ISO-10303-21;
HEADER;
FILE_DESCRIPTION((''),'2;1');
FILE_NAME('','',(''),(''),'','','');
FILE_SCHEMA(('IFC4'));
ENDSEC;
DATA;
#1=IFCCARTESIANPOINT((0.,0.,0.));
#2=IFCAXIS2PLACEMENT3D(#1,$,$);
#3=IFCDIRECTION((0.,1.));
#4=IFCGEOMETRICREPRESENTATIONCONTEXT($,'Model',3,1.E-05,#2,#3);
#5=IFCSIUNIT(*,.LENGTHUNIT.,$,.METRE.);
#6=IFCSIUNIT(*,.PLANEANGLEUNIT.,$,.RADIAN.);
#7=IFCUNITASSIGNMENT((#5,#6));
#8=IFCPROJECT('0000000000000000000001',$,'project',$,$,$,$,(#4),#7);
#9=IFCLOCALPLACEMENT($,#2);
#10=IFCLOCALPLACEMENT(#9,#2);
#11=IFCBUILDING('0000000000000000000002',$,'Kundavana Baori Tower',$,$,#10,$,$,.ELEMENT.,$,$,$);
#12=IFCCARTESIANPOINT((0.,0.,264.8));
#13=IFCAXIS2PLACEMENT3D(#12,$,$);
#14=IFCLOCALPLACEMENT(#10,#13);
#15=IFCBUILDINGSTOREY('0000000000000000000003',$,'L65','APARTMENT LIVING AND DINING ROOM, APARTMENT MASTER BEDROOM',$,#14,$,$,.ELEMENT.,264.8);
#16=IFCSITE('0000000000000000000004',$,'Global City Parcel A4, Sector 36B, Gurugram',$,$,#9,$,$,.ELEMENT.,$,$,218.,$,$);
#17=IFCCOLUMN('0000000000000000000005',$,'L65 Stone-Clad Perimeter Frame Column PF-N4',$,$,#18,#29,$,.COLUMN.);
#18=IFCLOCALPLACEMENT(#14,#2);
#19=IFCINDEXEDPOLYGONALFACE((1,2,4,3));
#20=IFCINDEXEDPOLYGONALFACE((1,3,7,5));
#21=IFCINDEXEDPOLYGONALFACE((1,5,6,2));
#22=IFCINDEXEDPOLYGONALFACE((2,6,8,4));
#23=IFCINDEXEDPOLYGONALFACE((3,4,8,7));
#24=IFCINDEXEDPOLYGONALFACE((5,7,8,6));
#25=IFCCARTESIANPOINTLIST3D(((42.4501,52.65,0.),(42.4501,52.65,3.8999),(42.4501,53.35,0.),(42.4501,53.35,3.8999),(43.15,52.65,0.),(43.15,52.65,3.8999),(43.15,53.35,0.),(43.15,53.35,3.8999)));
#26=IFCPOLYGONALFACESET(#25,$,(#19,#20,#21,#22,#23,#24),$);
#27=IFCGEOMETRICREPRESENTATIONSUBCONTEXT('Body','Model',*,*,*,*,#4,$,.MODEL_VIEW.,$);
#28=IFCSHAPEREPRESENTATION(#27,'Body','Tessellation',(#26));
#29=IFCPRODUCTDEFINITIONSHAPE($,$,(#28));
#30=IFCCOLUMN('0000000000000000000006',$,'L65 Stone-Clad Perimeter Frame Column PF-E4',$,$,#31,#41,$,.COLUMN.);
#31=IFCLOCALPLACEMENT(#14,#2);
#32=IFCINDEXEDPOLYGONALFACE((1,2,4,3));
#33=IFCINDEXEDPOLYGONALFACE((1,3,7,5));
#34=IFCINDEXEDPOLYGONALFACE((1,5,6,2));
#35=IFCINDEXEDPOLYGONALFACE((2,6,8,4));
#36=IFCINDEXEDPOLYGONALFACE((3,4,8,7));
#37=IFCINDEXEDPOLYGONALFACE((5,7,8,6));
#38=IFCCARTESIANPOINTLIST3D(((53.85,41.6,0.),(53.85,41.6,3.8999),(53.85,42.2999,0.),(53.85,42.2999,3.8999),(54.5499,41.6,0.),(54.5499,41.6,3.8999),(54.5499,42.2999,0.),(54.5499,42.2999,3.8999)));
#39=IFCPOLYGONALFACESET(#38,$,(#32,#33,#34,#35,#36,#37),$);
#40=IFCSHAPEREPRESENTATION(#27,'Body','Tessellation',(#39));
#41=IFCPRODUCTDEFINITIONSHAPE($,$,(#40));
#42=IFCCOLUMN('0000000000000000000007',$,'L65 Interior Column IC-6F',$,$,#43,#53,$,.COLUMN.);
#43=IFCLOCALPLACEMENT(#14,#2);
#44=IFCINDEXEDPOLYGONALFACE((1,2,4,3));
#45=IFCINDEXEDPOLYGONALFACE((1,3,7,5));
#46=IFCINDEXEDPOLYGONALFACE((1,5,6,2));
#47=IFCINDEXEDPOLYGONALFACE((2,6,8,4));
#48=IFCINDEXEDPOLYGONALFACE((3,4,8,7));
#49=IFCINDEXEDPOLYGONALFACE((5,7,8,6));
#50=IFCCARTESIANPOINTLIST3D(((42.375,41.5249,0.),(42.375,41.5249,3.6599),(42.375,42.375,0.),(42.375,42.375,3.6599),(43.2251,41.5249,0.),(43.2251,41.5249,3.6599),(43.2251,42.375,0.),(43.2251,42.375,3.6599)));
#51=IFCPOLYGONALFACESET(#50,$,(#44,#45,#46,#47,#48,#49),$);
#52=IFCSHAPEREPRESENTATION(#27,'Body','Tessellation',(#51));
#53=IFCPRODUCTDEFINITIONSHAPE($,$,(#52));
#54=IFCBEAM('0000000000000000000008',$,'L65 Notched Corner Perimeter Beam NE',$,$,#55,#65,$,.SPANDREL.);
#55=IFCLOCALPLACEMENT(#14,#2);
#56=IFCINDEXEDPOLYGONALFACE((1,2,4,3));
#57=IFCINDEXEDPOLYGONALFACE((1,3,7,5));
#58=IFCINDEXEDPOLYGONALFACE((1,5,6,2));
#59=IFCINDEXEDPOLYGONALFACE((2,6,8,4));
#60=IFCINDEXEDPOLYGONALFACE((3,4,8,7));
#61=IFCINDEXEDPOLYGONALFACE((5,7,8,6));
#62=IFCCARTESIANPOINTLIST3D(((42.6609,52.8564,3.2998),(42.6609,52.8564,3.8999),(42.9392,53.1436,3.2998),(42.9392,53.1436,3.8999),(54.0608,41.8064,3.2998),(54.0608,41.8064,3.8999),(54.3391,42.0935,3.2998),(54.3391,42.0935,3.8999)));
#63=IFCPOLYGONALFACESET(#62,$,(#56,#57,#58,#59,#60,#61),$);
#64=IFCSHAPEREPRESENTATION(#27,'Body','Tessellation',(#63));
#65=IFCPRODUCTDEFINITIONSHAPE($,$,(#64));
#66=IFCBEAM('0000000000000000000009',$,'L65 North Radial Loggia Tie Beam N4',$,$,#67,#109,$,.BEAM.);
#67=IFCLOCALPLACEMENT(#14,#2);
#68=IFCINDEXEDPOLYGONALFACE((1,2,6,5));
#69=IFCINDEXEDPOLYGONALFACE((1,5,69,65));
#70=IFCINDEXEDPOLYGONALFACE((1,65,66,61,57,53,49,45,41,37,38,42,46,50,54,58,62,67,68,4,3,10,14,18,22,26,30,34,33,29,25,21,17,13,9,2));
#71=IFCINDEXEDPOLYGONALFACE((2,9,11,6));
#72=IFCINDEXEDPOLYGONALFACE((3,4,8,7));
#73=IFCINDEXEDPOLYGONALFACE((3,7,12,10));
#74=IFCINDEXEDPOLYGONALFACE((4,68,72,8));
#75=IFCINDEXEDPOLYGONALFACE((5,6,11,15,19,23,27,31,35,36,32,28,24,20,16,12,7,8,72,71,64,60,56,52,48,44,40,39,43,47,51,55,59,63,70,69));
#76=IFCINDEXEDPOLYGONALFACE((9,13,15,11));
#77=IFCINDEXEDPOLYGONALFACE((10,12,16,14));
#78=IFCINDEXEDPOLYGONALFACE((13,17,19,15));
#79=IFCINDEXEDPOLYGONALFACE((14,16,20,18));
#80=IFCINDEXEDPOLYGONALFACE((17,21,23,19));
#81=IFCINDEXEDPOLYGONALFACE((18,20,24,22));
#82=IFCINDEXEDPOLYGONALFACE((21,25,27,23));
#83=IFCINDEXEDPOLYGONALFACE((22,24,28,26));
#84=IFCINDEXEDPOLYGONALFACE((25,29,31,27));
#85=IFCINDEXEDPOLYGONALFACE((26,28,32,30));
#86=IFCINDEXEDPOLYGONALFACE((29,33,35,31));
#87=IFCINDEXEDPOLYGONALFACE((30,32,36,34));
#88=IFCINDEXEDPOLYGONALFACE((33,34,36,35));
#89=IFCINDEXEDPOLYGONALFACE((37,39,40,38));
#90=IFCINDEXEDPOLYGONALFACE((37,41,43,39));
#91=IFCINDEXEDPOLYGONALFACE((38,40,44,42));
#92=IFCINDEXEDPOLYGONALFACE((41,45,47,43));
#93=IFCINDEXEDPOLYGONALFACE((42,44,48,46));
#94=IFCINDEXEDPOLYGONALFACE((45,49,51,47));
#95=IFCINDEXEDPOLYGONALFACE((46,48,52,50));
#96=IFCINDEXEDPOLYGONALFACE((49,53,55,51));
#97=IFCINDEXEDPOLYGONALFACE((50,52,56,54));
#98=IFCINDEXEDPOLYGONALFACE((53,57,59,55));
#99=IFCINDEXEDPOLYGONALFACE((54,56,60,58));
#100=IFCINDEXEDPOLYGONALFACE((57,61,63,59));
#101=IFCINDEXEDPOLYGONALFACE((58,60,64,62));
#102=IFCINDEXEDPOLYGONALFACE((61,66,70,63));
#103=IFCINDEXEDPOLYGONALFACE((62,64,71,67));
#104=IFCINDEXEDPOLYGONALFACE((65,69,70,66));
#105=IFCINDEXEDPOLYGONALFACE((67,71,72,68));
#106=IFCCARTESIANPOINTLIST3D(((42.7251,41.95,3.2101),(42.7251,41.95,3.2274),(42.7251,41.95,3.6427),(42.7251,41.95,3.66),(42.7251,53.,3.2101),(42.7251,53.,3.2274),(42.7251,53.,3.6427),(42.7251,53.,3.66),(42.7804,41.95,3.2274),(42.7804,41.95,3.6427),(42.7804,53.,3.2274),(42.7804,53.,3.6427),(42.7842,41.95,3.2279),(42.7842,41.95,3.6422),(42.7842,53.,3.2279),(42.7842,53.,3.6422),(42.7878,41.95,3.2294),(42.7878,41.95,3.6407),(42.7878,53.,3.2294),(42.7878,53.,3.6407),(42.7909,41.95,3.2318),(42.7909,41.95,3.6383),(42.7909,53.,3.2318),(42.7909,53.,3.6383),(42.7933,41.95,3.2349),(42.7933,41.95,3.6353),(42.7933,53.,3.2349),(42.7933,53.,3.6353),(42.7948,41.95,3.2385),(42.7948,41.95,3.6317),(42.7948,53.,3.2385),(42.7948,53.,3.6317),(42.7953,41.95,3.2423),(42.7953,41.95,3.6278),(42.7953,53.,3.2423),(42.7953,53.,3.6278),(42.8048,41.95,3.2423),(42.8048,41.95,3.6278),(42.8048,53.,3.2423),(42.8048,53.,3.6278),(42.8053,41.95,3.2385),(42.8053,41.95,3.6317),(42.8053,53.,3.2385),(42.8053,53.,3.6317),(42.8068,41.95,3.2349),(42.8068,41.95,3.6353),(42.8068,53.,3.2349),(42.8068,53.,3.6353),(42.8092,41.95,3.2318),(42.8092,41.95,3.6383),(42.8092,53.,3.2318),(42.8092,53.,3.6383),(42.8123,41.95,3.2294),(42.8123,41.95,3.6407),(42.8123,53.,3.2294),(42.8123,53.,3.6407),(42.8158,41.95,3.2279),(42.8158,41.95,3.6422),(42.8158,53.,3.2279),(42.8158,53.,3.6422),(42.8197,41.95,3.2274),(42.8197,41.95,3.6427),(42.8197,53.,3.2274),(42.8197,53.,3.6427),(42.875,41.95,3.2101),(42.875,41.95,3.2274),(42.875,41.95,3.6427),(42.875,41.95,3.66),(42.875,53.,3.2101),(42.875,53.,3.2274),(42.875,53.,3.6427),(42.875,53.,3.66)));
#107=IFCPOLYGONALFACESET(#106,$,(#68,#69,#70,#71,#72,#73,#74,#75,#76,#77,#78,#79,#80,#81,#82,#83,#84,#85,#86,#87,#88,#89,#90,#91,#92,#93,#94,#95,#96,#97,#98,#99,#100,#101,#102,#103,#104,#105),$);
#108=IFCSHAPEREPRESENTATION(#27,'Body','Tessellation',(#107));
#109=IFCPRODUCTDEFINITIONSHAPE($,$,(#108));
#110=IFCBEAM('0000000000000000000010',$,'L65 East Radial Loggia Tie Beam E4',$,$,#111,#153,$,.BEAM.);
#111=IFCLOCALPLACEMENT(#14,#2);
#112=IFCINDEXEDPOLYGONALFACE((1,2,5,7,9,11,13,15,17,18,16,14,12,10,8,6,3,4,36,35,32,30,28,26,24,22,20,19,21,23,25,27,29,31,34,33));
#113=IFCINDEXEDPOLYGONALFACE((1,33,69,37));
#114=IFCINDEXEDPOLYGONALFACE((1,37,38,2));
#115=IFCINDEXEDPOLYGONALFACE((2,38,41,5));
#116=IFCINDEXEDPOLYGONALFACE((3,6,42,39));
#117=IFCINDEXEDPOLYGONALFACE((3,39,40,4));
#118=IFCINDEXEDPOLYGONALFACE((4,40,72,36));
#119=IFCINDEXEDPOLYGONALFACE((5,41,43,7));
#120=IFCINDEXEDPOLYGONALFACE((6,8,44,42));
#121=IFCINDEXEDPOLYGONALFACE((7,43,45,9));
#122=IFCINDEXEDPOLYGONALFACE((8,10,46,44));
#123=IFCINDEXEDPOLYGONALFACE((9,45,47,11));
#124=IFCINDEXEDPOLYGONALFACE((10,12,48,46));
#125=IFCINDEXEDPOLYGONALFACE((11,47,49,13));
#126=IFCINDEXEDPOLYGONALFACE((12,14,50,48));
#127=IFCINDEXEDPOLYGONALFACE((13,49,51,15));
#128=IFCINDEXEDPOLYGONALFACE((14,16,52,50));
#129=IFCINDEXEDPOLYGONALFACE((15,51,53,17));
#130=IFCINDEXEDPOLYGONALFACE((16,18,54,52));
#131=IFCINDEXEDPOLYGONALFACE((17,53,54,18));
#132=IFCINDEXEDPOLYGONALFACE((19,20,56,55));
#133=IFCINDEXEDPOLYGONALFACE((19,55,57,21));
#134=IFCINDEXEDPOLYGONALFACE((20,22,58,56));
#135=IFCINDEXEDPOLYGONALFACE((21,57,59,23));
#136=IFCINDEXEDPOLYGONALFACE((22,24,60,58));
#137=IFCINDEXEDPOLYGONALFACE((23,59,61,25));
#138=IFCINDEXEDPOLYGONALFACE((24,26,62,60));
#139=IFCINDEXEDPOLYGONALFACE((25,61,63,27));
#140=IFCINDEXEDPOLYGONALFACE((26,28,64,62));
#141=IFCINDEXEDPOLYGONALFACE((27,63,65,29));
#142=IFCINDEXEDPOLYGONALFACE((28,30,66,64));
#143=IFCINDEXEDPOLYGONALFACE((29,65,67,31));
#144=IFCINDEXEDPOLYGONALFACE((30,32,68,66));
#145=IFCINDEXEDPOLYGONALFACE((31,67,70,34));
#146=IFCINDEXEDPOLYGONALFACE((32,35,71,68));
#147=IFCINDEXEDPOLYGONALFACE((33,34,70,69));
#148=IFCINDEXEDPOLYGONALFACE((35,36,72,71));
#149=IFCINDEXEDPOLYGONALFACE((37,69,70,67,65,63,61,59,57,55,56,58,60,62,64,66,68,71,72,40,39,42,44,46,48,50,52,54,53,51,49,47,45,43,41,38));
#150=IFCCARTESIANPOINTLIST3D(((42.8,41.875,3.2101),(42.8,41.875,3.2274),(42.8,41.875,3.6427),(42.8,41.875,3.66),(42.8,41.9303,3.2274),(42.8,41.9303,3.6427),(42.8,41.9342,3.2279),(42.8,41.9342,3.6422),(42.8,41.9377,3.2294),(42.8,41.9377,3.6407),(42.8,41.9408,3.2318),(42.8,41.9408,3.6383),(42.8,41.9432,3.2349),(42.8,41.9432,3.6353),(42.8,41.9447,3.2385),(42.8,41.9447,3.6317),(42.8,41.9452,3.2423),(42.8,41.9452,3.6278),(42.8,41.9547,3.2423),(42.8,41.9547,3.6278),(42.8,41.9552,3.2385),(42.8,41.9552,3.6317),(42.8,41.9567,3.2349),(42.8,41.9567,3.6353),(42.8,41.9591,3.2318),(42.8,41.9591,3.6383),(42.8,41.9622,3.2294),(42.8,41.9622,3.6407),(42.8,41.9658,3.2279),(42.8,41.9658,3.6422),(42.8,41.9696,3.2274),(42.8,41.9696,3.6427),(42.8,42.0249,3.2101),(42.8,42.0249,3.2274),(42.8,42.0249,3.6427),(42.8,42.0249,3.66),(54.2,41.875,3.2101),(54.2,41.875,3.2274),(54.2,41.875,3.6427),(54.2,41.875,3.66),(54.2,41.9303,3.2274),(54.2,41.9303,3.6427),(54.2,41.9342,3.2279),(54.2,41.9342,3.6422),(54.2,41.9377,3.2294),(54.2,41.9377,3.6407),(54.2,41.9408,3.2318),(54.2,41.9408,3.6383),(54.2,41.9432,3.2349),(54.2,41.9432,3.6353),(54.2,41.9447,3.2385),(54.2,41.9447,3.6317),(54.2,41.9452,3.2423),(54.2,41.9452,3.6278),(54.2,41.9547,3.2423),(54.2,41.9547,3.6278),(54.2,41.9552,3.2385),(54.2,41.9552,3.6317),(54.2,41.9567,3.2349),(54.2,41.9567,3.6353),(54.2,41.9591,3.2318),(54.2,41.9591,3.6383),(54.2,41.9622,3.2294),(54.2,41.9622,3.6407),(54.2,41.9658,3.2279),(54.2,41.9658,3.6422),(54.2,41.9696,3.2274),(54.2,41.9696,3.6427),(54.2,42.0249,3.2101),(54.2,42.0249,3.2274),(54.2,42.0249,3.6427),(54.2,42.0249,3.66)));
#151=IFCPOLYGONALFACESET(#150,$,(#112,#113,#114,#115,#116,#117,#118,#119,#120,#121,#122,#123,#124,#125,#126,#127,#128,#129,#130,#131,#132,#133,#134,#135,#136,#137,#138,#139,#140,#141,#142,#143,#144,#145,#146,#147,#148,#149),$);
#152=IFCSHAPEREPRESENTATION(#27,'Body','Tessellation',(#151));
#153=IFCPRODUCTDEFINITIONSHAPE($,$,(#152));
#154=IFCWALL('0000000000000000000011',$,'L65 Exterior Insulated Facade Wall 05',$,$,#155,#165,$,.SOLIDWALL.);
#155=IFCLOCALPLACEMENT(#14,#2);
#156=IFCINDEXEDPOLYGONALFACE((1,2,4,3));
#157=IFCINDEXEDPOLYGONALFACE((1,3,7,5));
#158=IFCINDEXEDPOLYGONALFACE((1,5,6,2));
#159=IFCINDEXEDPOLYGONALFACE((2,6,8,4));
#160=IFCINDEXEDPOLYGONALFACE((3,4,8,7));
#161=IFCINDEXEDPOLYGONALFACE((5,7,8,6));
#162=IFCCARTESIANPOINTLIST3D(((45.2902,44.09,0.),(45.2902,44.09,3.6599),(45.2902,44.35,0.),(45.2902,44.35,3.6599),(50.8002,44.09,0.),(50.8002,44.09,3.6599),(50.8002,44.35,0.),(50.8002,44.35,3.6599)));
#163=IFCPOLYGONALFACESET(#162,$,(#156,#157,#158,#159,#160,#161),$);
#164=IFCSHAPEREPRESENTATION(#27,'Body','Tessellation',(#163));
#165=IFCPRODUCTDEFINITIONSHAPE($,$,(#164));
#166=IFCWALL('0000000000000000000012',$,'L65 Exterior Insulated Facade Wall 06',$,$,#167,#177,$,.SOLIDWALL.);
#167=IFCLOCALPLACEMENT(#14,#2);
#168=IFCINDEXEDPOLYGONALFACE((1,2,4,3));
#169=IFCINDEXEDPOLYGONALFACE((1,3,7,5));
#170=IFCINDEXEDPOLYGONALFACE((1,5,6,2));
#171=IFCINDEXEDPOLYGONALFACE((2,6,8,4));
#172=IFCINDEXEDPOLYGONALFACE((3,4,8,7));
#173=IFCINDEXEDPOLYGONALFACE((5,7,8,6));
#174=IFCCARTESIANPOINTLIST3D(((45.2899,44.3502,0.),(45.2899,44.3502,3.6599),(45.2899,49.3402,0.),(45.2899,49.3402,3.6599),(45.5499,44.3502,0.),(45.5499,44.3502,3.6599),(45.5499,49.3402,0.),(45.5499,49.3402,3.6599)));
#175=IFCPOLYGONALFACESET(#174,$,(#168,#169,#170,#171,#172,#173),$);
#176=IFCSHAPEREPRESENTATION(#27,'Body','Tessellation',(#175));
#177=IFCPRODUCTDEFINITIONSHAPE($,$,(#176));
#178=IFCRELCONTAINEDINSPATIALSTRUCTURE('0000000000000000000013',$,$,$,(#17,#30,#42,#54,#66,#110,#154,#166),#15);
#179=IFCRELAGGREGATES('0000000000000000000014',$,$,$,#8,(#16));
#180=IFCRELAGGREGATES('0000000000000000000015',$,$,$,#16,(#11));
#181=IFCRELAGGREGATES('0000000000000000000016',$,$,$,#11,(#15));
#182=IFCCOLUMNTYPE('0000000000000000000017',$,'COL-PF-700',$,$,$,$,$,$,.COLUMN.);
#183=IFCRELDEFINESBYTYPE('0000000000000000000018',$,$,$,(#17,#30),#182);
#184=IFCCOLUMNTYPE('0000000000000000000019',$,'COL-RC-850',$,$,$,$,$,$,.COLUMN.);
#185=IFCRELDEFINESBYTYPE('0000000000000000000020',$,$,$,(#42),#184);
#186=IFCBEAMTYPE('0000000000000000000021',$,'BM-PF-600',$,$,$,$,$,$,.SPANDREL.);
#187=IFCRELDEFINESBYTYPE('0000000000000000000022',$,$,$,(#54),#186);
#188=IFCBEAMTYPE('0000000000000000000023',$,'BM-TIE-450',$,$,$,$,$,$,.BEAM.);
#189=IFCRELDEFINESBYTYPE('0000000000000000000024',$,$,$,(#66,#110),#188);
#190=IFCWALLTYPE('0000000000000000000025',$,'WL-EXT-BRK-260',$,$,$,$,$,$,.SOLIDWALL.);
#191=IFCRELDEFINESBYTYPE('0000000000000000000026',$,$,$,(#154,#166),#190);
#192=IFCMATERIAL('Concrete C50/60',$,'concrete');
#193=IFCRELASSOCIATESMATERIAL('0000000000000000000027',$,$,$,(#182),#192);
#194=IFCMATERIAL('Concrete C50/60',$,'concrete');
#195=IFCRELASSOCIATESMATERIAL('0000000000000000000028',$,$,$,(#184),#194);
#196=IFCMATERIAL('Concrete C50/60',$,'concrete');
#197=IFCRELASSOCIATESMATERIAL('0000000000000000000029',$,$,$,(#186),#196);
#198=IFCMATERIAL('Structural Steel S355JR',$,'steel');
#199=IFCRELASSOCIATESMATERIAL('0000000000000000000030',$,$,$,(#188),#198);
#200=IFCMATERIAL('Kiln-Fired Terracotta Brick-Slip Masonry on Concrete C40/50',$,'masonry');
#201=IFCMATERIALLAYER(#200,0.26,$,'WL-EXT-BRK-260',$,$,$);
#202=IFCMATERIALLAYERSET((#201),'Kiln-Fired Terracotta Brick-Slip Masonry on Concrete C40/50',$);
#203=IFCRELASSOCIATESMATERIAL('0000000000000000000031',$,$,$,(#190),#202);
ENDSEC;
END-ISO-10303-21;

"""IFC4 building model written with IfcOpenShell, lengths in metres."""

from ifc_helpers import new_model, si_unit, direction, frame, frame_2d, origin, origin_2d, place, context, subcontext, project, spatial, rectangle, i_section, extrude, material, layer, layer_set, material_profile, profile_set, type_object, element, save


model = new_model("IFC4")

# Units and contexts
model_context = context("Model", 3, precision=1e-05, world=origin(), true_north=direction((0.0, 1.0)))
body_context = subcontext(model_context, "Body", "Model", "MODEL_VIEW")
ifc_project = project(units=[si_unit("LENGTHUNIT", "METRE"), si_unit("PLANEANGLEUNIT", "RADIAN")], contexts=[model_context])

# Site, building, storey
site_placement = place(None, origin())
site = spatial("IfcSite", under=ifc_project, at=site_placement, Name="Global City Parcel A4, Sector 36B, Gurugram", CompositionType="ELEMENT", RefElevation=218.0)
building_placement = place(site_placement, origin())
building = spatial("IfcBuilding", under=site, at=building_placement, Name="Kundavana Baori Tower", CompositionType="ELEMENT")
storey_placement = place(building_placement, frame((0.0, 0.0, 264.8)))
storey = spatial("IfcBuildingStorey", under=building, at=storey_placement, Name="L65", Description="APARTMENT LIVING AND DINING ROOM, APARTMENT MASTER BEDROOM", CompositionType="ELEMENT", Elevation=264.8)

# Columns
ifc_material_1 = material(Name="Concrete C50/60", Category="concrete")
ifc_material_profile_1 = material_profile(ifc_material_1, rectangle(XDim=0.7, YDim=0.7, at=origin_2d()), Name="RC PF 700x700")
ifc_profile_set_1 = profile_set([ifc_material_profile_1], Name="Concrete C50/60")
column_type_1 = type_object("IfcColumnType", Name="COL-PF-700", PredefinedType="COLUMN", material=ifc_profile_set_1)
for number, where, z_axis, x_axis, name in (
    (1, (42.8, 53.0, 0.0), (0.0, 0.0, 1.0), (1.0, 0.0, 0.0), "L65 Stone-Clad Perimeter Frame Column PF-N4"),
    (2, (54.2, 41.95, 0.0), (0.0, 0.0, 1.0), (1.0, 0.0, 0.0), "L65 Stone-Clad Perimeter Frame Column PF-E4"),
):
    element("IfcColumn", number, at=place(storey_placement, frame(where, z_axis=z_axis, x_axis=x_axis)), inside=storey, type_object=column_type_1, Name=name, PredefinedType="COLUMN", context=body_context, shape_type="SweptSolid", body=[
        extrude(rectangle(XDim=0.7, YDim=0.7, at=origin_2d()), origin(), (0.0, 0.0, 1.0), 3.8999),
    ])
ifc_material_2 = material(Name="Concrete C50/60", Category="concrete")
ifc_material_profile_2 = material_profile(ifc_material_2, rectangle(XDim=0.8501, YDim=0.8501, at=origin_2d()), Name="RC 850x850")
ifc_profile_set_2 = profile_set([ifc_material_profile_2], Name="Concrete C50/60")
column_type_2 = type_object("IfcColumnType", Name="COL-RC-850", PredefinedType="COLUMN", material=ifc_profile_set_2)
column_placement = place(storey_placement, frame((42.8, 41.95, 0.0), z_axis=(0.0, 0.0, 1.0), x_axis=(1.0, 0.0, 0.0)))
element("IfcColumn", 3, at=column_placement, inside=storey, type_object=column_type_2, Name="L65 Interior Column IC-6F", PredefinedType="COLUMN", context=body_context, shape_type="SweptSolid", body=[
    extrude(rectangle(XDim=0.8501, YDim=0.8501, at=origin_2d()), origin(), (0.0, 0.0, 1.0), 3.6599),
])

# Beams
ifc_material_3 = material(Name="Concrete C50/60", Category="concrete")
ifc_material_profile_3 = material_profile(ifc_material_3, rectangle(XDim=0.3999, YDim=0.6001, at=origin_2d()), Name="RC BM 400x600")
ifc_profile_set_3 = profile_set([ifc_material_profile_3], Name="Concrete C50/60")
beam_type_1 = type_object("IfcBeamType", Name="BM-PF-600", PredefinedType="SPANDREL", material=ifc_profile_set_3)
beam_1_placement = place(storey_placement, frame((42.8, 53.0, 3.5999), z_axis=(0.718039, -0.696003, 0.0), x_axis=(0.696003, 0.718039, 0.0)))
element("IfcBeam", 4, at=beam_1_placement, inside=storey, type_object=beam_type_1, Name="L65 Notched Corner Perimeter Beam NE", PredefinedType="SPANDREL", context=body_context, shape_type="SweptSolid", body=[
    extrude(rectangle(XDim=0.3999, YDim=0.6001, at=origin_2d()), origin(), (0.0, 0.0, 1.0), 15.8765),
])
ifc_material_4 = material(Name="Structural Steel S355JR", Category="steel")
ifc_material_profile_4 = material_profile(ifc_material_4, i_section(OverallWidth=0.1499, OverallDepth=0.45, WebThickness=0.0095, FlangeThickness=0.0173, FilletRadius=0.0149, at=origin_2d()), Name="ISMB 450")
ifc_profile_set_4 = profile_set([ifc_material_profile_4], Name="Structural Steel S355JR")
beam_type_2 = type_object("IfcBeamType", Name="BM-TIE-450", PredefinedType="BEAM", material=ifc_profile_set_4)
beam_2_placement = place(storey_placement, frame((42.8, 41.95, 3.4351), z_axis=(0.0, 1.0, 0.0), x_axis=(-1.0, 0.0, 0.0)))
element("IfcBeam", 5, at=beam_2_placement, inside=storey, type_object=beam_type_2, Name="L65 North Radial Loggia Tie Beam N4", PredefinedType="BEAM", context=body_context, shape_type="SweptSolid", body=[
    extrude(i_section(OverallWidth=0.1499, OverallDepth=0.45, WebThickness=0.0095, FlangeThickness=0.0173, FilletRadius=0.0149, at=origin_2d()), origin(), (0.0, 0.0, 1.0), 11.05),
])
beam_3_placement = place(storey_placement, frame((42.8, 41.95, 3.4351), z_axis=(1.0, 0.0, 0.0), x_axis=(0.0, 1.0, 0.0)))
element("IfcBeam", 6, at=beam_3_placement, inside=storey, type_object=beam_type_2, Name="L65 East Radial Loggia Tie Beam E4", PredefinedType="BEAM", context=body_context, shape_type="SweptSolid", body=[
    extrude(i_section(OverallWidth=0.1499, OverallDepth=0.45, WebThickness=0.0095, FlangeThickness=0.0173, FilletRadius=0.0149, at=origin_2d()), origin(), (0.0, 0.0, 1.0), 11.3999),
])

# Walls
ifc_material_5 = material(Name="Kiln-Fired Terracotta Brick-Slip Masonry on Concrete C40/50", Category="masonry")
ifc_layer_1 = layer(ifc_material_5, 0.26, Name="WL-EXT-BRK-260")
ifc_layer_set_1 = layer_set([ifc_layer_1], Name="Kiln-Fired Terracotta Brick-Slip Masonry on Concrete C40/50")
wall_type_1 = type_object("IfcWallType", Name="WL-EXT-BRK-260", PredefinedType="SOLIDWALL", material=ifc_layer_set_1)
wall_1_placement = place(storey_placement, frame((50.8, 44.22, 0.0), z_axis=(0.0, 0.0, 1.0), x_axis=(-1.0, 0.0, 0.0)))
element("IfcWall", 7, at=wall_1_placement, inside=storey, type_object=wall_type_1, Name="L65 Exterior Insulated Facade Wall 05", PredefinedType="SOLIDWALL", context=body_context, shape_type="SweptSolid", body=[
    extrude(rectangle(XDim=5.51, YDim=0.26, at=frame_2d((2.7549, 0.0))), origin(), (0.0, 0.0, 1.0), 3.6599),
])
wall_2_placement = place(storey_placement, frame((45.4199, 44.3501, 0.0), z_axis=(0.0, 0.0, 1.0), x_axis=(0.0, 1.0, 0.0)))
element("IfcWall", 8, at=wall_2_placement, inside=storey, type_object=wall_type_1, Name="L65 Exterior Insulated Facade Wall 06", PredefinedType="SOLIDWALL", context=body_context, shape_type="SweptSolid", body=[
    extrude(rectangle(XDim=4.99, YDim=0.26, at=frame_2d((2.4951, 0.0))), origin(), (0.0, 0.0, 1.0), 3.6599),
])

save(model, "model.ifc")
